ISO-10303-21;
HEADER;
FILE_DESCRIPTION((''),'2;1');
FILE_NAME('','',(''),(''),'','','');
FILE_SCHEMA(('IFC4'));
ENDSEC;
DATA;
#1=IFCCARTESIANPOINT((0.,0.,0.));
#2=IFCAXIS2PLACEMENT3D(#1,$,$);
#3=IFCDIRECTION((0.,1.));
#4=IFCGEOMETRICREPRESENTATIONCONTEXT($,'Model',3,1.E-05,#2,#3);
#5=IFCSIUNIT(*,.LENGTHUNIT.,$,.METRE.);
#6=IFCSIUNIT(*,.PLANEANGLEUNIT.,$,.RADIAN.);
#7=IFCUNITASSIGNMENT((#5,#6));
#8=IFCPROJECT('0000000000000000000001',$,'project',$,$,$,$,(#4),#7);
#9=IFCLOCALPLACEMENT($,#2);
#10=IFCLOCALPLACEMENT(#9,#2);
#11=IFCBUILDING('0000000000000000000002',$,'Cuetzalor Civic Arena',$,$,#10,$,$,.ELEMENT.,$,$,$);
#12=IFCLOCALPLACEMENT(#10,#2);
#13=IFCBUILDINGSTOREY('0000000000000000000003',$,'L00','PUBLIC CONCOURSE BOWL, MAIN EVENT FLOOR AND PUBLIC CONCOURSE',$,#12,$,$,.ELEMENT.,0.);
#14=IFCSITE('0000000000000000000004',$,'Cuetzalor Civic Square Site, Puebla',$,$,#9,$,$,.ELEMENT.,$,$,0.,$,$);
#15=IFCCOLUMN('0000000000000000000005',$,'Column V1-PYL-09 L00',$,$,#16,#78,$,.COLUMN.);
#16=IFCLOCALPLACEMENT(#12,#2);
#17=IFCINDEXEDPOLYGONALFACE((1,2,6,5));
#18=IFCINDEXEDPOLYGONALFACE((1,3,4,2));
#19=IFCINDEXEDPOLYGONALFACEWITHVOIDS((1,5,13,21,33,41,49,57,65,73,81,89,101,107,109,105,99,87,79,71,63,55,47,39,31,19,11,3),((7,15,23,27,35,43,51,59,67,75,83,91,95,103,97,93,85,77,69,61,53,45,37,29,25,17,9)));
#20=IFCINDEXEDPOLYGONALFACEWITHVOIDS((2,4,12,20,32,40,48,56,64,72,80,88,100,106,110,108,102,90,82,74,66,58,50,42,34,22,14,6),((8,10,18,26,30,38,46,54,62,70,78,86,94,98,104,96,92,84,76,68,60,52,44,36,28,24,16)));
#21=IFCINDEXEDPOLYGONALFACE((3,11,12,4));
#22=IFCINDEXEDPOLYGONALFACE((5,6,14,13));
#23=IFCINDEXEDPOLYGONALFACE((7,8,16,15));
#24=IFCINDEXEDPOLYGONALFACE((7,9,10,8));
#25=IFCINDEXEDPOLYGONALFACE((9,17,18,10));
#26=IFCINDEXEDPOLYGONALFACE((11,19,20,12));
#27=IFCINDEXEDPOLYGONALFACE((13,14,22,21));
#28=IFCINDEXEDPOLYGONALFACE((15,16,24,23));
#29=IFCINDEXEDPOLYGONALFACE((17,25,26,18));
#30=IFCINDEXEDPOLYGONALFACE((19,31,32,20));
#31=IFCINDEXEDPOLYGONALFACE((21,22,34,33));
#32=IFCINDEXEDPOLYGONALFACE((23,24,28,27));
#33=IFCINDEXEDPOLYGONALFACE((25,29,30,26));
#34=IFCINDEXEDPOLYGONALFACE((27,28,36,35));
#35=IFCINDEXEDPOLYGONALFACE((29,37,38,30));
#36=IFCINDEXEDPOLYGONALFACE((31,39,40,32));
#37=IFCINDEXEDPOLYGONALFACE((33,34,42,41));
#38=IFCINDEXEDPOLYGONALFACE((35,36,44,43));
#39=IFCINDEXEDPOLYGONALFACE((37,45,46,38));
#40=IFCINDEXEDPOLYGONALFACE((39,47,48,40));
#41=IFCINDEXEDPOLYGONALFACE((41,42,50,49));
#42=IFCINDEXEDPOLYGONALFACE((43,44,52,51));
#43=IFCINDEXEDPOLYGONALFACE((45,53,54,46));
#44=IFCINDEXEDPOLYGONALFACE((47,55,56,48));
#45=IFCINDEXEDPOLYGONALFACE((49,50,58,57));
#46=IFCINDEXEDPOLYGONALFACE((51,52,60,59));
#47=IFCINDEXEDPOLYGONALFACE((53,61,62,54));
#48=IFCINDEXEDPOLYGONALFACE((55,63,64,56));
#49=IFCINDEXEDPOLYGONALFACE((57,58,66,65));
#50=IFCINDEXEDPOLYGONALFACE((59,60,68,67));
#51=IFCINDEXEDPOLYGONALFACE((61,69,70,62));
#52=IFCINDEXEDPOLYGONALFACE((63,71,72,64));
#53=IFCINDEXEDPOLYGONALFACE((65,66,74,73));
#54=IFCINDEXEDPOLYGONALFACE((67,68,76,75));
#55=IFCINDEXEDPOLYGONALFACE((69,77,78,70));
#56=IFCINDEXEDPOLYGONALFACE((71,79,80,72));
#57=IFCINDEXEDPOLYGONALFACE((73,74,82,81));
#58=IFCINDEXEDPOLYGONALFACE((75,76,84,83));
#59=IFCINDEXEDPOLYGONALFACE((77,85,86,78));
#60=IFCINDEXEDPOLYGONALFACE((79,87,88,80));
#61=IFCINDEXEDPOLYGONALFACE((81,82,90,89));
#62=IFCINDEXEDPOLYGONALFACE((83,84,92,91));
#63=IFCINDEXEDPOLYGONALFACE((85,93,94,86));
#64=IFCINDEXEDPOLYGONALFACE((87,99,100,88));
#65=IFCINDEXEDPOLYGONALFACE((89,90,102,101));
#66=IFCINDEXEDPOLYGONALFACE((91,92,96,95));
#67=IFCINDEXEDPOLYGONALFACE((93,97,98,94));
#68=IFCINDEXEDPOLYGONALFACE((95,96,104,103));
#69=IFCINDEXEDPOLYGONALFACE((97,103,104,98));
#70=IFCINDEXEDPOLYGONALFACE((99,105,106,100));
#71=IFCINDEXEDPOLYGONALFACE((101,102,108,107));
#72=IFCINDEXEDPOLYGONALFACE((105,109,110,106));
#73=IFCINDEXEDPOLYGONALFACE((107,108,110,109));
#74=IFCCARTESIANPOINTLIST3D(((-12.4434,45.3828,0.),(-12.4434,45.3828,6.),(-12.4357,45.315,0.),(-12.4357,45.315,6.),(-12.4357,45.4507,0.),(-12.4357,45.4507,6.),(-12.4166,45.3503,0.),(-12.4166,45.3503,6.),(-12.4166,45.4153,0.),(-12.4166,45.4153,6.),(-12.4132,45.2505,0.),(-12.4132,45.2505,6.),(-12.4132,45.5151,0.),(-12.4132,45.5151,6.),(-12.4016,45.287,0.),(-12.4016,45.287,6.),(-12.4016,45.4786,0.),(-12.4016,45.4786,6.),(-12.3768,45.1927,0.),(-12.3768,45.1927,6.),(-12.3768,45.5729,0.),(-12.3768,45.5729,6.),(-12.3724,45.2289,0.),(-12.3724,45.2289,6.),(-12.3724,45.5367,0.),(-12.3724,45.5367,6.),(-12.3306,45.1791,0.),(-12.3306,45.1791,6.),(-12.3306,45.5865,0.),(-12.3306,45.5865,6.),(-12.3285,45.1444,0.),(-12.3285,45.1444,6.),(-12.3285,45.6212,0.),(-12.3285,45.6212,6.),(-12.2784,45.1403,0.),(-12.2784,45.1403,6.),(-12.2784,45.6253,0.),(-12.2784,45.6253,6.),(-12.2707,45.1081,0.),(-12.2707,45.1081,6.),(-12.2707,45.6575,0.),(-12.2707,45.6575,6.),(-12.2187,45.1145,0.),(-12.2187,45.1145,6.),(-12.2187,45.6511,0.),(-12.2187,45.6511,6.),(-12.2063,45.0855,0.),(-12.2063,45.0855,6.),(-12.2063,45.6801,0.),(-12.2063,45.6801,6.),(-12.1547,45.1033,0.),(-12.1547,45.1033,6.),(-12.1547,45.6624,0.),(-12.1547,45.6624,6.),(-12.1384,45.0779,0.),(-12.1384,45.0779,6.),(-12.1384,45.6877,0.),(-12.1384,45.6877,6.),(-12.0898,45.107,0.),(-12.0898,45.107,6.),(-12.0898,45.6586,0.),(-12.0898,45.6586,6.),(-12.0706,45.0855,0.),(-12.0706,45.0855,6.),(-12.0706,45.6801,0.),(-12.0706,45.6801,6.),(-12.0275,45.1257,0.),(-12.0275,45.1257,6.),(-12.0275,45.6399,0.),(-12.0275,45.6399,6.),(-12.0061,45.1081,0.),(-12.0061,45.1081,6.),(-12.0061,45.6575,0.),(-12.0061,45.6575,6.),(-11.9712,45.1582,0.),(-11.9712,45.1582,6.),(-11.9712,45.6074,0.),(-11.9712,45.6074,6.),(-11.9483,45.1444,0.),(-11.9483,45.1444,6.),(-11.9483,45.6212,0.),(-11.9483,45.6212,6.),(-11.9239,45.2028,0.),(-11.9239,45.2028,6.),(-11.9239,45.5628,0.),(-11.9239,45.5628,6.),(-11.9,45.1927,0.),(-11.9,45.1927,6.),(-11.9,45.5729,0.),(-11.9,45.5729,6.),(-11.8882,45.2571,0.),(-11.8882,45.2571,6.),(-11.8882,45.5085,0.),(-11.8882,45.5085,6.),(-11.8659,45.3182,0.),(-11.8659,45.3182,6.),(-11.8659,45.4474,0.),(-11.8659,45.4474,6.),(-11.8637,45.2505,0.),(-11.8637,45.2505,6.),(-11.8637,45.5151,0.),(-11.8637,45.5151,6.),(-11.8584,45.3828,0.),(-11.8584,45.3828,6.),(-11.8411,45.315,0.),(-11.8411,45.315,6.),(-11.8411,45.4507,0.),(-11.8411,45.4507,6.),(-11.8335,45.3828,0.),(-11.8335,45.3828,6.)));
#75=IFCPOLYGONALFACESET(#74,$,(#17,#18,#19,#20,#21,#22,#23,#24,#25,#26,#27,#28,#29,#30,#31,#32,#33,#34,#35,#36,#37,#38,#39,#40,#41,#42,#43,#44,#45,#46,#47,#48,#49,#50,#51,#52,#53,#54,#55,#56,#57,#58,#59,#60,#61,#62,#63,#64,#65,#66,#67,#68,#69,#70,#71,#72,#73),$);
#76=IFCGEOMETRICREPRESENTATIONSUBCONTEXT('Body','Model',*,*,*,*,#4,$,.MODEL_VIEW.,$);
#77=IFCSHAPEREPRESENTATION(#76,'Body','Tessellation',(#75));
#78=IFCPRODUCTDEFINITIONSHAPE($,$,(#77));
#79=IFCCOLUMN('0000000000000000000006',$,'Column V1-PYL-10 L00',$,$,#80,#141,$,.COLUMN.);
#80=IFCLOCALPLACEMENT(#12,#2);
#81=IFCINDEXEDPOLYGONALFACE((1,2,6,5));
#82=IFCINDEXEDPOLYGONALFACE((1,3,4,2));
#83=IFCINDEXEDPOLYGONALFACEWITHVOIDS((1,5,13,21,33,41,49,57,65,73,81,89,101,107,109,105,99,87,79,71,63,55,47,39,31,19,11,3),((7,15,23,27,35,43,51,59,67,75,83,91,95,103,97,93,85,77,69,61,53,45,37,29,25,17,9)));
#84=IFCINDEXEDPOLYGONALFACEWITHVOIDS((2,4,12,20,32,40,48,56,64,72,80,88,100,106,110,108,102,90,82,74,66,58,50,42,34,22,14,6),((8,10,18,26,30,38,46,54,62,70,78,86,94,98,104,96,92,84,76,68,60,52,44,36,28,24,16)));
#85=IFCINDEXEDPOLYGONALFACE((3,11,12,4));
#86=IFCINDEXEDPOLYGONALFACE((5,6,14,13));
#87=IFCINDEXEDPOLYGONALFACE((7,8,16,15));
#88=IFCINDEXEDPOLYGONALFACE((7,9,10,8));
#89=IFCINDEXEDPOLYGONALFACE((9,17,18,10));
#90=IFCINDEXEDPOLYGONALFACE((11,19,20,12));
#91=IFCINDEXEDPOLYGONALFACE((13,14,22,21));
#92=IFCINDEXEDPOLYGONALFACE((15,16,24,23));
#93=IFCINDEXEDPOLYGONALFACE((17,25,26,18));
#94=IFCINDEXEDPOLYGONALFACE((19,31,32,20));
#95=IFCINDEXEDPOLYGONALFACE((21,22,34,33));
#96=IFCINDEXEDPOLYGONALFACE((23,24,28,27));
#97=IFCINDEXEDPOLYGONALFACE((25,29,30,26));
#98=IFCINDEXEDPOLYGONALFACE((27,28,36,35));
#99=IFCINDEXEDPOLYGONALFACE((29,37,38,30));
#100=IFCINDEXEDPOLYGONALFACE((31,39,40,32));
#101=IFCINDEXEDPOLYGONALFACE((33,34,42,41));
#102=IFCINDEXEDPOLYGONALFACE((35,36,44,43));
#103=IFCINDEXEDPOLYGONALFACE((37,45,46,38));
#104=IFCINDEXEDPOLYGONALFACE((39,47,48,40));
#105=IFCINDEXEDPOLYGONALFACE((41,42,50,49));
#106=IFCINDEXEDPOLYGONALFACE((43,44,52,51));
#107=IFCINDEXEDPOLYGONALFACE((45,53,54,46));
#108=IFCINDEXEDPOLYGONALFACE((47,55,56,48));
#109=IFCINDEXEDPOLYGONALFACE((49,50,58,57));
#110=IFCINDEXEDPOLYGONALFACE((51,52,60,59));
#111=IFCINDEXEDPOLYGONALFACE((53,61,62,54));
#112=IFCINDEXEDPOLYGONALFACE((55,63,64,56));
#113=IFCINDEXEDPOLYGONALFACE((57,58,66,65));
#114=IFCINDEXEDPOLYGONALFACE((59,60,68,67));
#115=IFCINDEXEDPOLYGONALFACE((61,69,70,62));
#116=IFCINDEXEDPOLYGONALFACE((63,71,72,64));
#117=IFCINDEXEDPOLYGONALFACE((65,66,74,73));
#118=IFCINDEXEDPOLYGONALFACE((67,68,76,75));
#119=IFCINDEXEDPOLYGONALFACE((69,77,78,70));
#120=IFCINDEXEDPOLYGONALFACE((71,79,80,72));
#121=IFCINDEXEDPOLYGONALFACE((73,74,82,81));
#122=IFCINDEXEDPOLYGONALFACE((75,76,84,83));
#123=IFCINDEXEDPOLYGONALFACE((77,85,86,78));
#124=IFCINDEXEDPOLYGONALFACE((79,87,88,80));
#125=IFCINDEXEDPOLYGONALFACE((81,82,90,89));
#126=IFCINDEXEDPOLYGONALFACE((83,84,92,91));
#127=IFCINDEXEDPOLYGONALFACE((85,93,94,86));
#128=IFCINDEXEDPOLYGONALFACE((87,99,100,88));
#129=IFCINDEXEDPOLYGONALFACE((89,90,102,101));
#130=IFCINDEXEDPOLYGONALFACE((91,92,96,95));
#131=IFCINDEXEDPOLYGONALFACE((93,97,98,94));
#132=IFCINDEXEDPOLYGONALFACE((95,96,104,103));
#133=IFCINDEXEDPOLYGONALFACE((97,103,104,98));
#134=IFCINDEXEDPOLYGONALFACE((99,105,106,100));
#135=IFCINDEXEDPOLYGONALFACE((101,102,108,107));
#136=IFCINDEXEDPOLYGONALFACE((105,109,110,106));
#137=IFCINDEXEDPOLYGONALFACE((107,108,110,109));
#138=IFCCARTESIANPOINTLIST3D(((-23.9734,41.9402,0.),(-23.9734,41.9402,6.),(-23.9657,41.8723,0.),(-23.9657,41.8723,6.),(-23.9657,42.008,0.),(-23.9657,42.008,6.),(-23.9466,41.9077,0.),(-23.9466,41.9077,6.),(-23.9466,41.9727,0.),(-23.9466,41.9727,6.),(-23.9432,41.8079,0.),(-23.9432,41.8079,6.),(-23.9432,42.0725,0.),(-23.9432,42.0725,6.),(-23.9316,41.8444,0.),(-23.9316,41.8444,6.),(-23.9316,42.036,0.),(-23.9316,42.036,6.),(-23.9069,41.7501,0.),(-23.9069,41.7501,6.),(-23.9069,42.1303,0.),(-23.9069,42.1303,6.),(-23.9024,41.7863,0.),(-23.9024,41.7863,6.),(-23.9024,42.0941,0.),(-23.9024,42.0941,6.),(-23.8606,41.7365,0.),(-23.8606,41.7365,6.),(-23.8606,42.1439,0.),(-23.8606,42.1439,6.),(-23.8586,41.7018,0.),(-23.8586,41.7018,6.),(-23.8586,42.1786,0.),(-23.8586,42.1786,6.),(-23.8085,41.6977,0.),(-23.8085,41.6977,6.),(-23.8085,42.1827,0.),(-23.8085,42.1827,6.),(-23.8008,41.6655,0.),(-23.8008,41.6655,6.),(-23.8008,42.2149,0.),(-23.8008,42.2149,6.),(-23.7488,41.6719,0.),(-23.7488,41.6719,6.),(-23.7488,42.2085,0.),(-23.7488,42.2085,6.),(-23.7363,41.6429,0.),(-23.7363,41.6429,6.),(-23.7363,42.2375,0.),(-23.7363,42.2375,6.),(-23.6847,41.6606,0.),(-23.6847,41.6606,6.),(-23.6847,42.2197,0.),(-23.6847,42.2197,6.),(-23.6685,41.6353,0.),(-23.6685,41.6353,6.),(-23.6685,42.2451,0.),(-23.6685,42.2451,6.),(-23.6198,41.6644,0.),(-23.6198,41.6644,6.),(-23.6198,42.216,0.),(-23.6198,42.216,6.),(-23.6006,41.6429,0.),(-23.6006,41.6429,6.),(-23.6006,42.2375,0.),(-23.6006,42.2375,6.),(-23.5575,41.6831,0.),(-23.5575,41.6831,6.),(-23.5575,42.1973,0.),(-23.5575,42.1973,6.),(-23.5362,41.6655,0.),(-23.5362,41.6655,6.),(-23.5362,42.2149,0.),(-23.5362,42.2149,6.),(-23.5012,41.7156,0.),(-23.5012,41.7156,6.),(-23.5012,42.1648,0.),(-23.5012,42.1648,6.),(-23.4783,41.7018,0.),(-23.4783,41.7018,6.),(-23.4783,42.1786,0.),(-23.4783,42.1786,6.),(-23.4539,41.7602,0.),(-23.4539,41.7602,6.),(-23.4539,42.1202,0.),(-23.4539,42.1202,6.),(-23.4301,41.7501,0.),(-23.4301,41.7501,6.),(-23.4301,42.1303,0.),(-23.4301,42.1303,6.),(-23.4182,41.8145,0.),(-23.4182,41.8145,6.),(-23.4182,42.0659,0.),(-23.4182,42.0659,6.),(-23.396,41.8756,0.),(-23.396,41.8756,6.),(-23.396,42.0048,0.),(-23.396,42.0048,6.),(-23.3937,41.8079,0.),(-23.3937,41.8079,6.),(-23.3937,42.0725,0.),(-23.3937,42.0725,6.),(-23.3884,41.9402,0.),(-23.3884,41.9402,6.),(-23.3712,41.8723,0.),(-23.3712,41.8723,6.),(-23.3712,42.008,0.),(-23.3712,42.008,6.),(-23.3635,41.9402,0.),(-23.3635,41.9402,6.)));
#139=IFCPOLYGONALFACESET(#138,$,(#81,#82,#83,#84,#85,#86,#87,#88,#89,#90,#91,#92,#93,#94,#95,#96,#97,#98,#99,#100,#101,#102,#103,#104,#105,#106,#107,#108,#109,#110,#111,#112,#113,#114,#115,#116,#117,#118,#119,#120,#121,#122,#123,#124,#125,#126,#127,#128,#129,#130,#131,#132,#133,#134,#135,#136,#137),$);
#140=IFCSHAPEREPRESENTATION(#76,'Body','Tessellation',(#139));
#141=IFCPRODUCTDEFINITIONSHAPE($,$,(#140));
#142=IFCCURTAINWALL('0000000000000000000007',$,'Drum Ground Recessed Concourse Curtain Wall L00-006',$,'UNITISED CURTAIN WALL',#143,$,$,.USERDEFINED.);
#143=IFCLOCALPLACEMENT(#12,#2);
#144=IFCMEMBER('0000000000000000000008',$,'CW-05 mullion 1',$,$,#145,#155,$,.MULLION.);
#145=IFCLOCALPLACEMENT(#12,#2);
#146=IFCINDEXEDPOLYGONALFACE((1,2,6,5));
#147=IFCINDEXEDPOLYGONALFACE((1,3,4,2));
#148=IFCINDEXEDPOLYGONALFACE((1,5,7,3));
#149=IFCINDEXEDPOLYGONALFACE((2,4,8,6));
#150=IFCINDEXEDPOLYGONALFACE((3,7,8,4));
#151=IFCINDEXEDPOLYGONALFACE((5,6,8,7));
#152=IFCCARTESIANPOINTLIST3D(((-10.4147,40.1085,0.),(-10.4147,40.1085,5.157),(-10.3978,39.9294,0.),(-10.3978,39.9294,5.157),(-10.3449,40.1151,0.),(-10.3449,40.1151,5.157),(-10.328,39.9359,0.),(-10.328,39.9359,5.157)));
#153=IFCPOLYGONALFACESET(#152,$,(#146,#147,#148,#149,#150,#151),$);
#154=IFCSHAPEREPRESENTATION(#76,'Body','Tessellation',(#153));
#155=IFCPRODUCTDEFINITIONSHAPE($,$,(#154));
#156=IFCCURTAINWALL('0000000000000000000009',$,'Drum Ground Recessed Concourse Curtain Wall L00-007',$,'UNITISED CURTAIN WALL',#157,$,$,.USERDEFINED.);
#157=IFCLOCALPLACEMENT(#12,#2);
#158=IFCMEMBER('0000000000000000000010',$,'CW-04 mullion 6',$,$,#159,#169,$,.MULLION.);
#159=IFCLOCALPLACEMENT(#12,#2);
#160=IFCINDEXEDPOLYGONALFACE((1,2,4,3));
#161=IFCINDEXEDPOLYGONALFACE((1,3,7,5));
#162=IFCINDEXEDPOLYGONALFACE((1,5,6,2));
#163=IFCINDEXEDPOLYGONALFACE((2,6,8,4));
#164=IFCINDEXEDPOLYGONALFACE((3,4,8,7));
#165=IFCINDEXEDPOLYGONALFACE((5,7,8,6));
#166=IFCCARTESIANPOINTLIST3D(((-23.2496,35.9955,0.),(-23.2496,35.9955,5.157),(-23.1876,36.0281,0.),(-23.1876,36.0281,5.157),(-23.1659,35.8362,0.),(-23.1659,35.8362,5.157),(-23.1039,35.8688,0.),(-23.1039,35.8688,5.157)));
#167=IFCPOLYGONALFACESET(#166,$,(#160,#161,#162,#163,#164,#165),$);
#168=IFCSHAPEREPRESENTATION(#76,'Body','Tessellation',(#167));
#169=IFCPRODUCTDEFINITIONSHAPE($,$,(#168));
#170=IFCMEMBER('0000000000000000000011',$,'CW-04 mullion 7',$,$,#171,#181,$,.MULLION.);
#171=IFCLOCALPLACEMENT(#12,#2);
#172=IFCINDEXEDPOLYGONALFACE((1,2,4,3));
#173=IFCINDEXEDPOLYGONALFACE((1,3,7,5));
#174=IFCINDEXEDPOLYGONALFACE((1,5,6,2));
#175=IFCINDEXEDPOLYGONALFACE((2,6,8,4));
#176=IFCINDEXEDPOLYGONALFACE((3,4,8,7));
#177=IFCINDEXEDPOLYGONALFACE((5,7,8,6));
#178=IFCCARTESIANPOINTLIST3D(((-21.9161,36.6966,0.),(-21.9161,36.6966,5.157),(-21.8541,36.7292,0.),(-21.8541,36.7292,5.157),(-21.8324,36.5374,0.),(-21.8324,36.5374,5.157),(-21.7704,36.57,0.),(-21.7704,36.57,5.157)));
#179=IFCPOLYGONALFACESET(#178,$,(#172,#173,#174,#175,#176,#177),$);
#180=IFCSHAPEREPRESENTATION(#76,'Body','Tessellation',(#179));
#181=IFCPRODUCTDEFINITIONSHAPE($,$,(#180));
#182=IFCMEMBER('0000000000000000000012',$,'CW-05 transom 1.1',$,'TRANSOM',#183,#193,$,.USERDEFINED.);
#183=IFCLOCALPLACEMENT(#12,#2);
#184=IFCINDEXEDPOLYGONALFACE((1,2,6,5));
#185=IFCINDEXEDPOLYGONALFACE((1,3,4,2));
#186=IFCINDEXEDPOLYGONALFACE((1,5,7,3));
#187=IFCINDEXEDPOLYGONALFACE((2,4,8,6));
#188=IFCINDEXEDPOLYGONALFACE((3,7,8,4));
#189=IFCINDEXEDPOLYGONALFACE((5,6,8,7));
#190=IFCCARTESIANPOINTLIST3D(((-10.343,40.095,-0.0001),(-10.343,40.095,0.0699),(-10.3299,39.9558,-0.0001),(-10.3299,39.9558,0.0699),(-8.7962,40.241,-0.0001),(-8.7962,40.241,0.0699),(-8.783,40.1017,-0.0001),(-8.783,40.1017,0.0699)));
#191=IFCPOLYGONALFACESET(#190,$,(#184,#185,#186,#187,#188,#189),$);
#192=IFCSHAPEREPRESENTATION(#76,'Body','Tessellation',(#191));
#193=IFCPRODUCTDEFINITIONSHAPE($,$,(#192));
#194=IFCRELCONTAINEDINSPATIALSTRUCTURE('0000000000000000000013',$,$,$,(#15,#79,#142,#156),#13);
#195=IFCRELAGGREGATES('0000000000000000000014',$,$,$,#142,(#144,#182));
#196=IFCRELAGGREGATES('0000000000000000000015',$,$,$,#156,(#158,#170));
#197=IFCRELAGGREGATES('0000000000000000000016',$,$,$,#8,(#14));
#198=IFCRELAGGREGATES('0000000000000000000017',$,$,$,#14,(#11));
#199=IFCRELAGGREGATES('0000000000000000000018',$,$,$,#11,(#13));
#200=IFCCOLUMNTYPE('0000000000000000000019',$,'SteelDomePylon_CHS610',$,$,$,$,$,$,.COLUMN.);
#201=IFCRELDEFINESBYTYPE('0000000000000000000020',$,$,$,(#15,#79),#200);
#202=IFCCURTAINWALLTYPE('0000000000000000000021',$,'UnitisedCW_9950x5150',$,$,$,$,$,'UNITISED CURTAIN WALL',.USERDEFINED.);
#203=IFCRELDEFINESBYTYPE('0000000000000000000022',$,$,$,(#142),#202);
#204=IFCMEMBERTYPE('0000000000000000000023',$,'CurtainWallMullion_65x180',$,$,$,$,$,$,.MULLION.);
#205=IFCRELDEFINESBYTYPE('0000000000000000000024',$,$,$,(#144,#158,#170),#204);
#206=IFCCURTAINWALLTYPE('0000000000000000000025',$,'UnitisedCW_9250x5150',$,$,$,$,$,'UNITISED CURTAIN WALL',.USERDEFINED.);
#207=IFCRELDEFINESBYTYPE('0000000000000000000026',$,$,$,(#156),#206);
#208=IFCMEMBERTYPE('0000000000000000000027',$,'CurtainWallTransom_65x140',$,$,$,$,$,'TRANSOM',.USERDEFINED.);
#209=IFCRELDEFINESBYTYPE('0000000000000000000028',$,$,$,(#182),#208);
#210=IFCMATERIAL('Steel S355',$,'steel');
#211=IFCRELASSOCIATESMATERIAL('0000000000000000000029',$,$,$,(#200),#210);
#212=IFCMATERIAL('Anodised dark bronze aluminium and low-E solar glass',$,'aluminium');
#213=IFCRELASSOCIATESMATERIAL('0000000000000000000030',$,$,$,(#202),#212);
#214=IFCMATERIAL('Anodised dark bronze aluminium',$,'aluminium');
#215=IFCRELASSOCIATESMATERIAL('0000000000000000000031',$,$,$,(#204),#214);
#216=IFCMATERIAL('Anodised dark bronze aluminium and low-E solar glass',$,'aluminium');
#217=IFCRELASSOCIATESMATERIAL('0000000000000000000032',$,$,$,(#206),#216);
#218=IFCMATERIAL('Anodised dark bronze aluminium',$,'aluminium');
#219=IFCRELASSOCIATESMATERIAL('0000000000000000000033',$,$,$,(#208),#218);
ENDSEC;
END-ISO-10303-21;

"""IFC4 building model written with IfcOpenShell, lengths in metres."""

from ifc_helpers import new_model, si_unit, direction, frame, origin, origin_2d, place, context, subcontext, project, spatial, rectangle, hollow_circle, extrude, material, material_profile, profile_set, type_object, element, aggregate, save


model = new_model("IFC4")

# Units and contexts
model_context = context("Model", 3, precision=1e-05, world=origin(), true_north=direction((0.0, 1.0)))
body_context = subcontext(model_context, "Body", "Model", "MODEL_VIEW")
ifc_project = project(units=[si_unit("LENGTHUNIT", "METRE"), si_unit("PLANEANGLEUNIT", "RADIAN")], contexts=[model_context])

# Site, building, storey
site_placement = place(None, origin())
site = spatial("IfcSite", under=ifc_project, at=site_placement, Name="Cuetzalor Civic Square Site, Puebla", CompositionType="ELEMENT", RefElevation=0.0)
building_placement = place(site_placement, origin())
building = spatial("IfcBuilding", under=site, at=building_placement, Name="Cuetzalor Civic Arena", CompositionType="ELEMENT")
storey_placement = place(building_placement, origin())
storey = spatial("IfcBuildingStorey", under=building, at=storey_placement, Name="L00", Description="PUBLIC CONCOURSE BOWL, MAIN EVENT FLOOR AND PUBLIC CONCOURSE", CompositionType="ELEMENT", Elevation=0.0)

# Columns
ifc_material_1 = material(Name="Steel S355", Category="steel")
ifc_material_profile_1 = material_profile(ifc_material_1, hollow_circle(Radius=0.3049, WallThickness=0.0249, at=origin_2d()), Name="CHS 610x25")
ifc_profile_set_1 = profile_set([ifc_material_profile_1], Name="Steel S355")
column_type_1 = type_object("IfcColumnType", Name="SteelDomePylon_CHS610", PredefinedType="COLUMN", material=ifc_profile_set_1)
for number, where, z_axis, x_axis, name in (
    (1, (-12.1384, 45.3828, 0.0), (0.0, 0.0, 1.0), (1.0, 0.0, 0.0), "Column V1-PYL-09 L00"),
    (2, (-23.6685, 41.9402, 0.0), (0.0, 0.0, 1.0), (1.0, 0.0, 0.0), "Column V1-PYL-10 L00"),
):
    element("IfcColumn", number, at=place(storey_placement, frame(where, z_axis=z_axis, x_axis=x_axis)), inside=storey, type_object=column_type_1, Name=name, PredefinedType="COLUMN", context=body_context, shape_type="SweptSolid", body=[
        extrude(hollow_circle(Radius=0.3049, WallThickness=0.0249, at=origin_2d()), origin(), (0.0, 0.0, 1.0), 6.0),
    ])

# Curtain wall, member
ifc_material_2 = material(Name="Anodised dark bronze aluminium and low-E solar glass", Category="aluminium")
curtain_wall_type_1 = type_object("IfcCurtainWallType", Name="UnitisedCW_9950x5150", ElementType="UNITISED CURTAIN WALL", PredefinedType="USERDEFINED", material=ifc_material_2)
curtain_wall_1_placement = place(storey_placement, origin())
curtain_wall_1 = element("IfcCurtainWall", 3, at=curtain_wall_1_placement, inside=storey, type_object=curtain_wall_type_1, Name="Drum Ground Recessed Concourse Curtain Wall L00-006", ObjectType="UNITISED CURTAIN WALL", PredefinedType="USERDEFINED")
ifc_material_3 = material(Name="Anodised dark bronze aluminium", Category="aluminium")
ifc_material_profile_2 = material_profile(ifc_material_3, rectangle(XDim=0.0701, YDim=0.1799, at=origin_2d()), Name="ALU MULLION 70x180")
ifc_profile_set_2 = profile_set([ifc_material_profile_2], Name="Anodised dark bronze aluminium")
member_type_1 = type_object("IfcMemberType", Name="CurtainWallMullion_65x180", PredefinedType="MULLION", material=ifc_profile_set_2)
member_1_placement = place(storey_placement, frame((-10.3713, 40.0222, 0.0), z_axis=(0.0, 0.0, 1.0), x_axis=(0.995585, 0.093863, 0.0)))
member_1 = element("IfcMember", 4, at=member_1_placement, type_object=member_type_1, Name="CW-05 mullion 1", PredefinedType="MULLION", context=body_context, shape_type="SweptSolid", body=[
    extrude(rectangle(XDim=0.0701, YDim=0.1799, at=origin_2d()), origin(), (0.0, 0.0, 1.0), 5.157),
])

# Curtain wall, members
ifc_material_4 = material(Name="Anodised dark bronze aluminium and low-E solar glass", Category="aluminium")
curtain_wall_type_2 = type_object("IfcCurtainWallType", Name="UnitisedCW_9250x5150", ElementType="UNITISED CURTAIN WALL", PredefinedType="USERDEFINED", material=ifc_material_4)
curtain_wall_2_placement = place(storey_placement, origin())
curtain_wall_2 = element("IfcCurtainWall", 5, at=curtain_wall_2_placement, inside=storey, type_object=curtain_wall_type_2, Name="Drum Ground Recessed Concourse Curtain Wall L00-007", ObjectType="UNITISED CURTAIN WALL", PredefinedType="USERDEFINED")
member_2_placement = place(storey_placement, frame((-23.1768, 35.9321, 0.0), z_axis=(0.0, 0.0, 1.0), x_axis=(0.885118, 0.465366, 0.0)))
member_2 = element("IfcMember", 6, at=member_2_placement, type_object=member_type_1, Name="CW-04 mullion 6", PredefinedType="MULLION", context=body_context, shape_type="SweptSolid", body=[
    extrude(rectangle(XDim=0.0701, YDim=0.1799, at=origin_2d()), origin(), (0.0, 0.0, 1.0), 5.157),
])
member_3_placement = place(storey_placement, frame((-21.8433, 36.6333, 0.0), z_axis=(0.0, 0.0, 1.0), x_axis=(0.885118, 0.465366, 0.0)))
member_3 = element("IfcMember", 7, at=member_3_placement, type_object=member_type_1, Name="CW-04 mullion 7", PredefinedType="MULLION", context=body_context, shape_type="SweptSolid", body=[
    extrude(rectangle(XDim=0.0701, YDim=0.1799, at=origin_2d()), origin(), (0.0, 0.0, 1.0), 5.157),
])

# Member
ifc_material_5 = material(Name="Anodised dark bronze aluminium", Category="aluminium")
ifc_material_profile_3 = material_profile(ifc_material_5, rectangle(XDim=0.1399, YDim=0.0701, at=origin_2d()), Name="ALU TRANSOM 70x140")
ifc_profile_set_3 = profile_set([ifc_material_profile_3], Name="Anodised dark bronze aluminium")
member_type_2 = type_object("IfcMemberType", Name="CurtainWallTransom_65x140", ElementType="TRANSOM", PredefinedType="USERDEFINED", material=ifc_profile_set_3)
member_4_placement = place(storey_placement, frame((-10.3364, 40.0254, 0.0349), z_axis=(0.995576, 0.093964, 0.0), x_axis=(-0.093964, 0.995576, 0.0)))
member_4 = element("IfcMember", 8, at=member_4_placement, type_object=member_type_2, Name="CW-05 transom 1.1", ObjectType="TRANSOM", PredefinedType="USERDEFINED", context=body_context, shape_type="SweptSolid", body=[
    extrude(rectangle(XDim=0.1399, YDim=0.0701, at=origin_2d()), origin(), (0.0, 0.0, 1.0), 1.5537),
])
aggregate(curtain_wall_1, [member_1, member_4])

aggregate(curtain_wall_2, [member_2, member_3])

save(model, "model.ifc")
